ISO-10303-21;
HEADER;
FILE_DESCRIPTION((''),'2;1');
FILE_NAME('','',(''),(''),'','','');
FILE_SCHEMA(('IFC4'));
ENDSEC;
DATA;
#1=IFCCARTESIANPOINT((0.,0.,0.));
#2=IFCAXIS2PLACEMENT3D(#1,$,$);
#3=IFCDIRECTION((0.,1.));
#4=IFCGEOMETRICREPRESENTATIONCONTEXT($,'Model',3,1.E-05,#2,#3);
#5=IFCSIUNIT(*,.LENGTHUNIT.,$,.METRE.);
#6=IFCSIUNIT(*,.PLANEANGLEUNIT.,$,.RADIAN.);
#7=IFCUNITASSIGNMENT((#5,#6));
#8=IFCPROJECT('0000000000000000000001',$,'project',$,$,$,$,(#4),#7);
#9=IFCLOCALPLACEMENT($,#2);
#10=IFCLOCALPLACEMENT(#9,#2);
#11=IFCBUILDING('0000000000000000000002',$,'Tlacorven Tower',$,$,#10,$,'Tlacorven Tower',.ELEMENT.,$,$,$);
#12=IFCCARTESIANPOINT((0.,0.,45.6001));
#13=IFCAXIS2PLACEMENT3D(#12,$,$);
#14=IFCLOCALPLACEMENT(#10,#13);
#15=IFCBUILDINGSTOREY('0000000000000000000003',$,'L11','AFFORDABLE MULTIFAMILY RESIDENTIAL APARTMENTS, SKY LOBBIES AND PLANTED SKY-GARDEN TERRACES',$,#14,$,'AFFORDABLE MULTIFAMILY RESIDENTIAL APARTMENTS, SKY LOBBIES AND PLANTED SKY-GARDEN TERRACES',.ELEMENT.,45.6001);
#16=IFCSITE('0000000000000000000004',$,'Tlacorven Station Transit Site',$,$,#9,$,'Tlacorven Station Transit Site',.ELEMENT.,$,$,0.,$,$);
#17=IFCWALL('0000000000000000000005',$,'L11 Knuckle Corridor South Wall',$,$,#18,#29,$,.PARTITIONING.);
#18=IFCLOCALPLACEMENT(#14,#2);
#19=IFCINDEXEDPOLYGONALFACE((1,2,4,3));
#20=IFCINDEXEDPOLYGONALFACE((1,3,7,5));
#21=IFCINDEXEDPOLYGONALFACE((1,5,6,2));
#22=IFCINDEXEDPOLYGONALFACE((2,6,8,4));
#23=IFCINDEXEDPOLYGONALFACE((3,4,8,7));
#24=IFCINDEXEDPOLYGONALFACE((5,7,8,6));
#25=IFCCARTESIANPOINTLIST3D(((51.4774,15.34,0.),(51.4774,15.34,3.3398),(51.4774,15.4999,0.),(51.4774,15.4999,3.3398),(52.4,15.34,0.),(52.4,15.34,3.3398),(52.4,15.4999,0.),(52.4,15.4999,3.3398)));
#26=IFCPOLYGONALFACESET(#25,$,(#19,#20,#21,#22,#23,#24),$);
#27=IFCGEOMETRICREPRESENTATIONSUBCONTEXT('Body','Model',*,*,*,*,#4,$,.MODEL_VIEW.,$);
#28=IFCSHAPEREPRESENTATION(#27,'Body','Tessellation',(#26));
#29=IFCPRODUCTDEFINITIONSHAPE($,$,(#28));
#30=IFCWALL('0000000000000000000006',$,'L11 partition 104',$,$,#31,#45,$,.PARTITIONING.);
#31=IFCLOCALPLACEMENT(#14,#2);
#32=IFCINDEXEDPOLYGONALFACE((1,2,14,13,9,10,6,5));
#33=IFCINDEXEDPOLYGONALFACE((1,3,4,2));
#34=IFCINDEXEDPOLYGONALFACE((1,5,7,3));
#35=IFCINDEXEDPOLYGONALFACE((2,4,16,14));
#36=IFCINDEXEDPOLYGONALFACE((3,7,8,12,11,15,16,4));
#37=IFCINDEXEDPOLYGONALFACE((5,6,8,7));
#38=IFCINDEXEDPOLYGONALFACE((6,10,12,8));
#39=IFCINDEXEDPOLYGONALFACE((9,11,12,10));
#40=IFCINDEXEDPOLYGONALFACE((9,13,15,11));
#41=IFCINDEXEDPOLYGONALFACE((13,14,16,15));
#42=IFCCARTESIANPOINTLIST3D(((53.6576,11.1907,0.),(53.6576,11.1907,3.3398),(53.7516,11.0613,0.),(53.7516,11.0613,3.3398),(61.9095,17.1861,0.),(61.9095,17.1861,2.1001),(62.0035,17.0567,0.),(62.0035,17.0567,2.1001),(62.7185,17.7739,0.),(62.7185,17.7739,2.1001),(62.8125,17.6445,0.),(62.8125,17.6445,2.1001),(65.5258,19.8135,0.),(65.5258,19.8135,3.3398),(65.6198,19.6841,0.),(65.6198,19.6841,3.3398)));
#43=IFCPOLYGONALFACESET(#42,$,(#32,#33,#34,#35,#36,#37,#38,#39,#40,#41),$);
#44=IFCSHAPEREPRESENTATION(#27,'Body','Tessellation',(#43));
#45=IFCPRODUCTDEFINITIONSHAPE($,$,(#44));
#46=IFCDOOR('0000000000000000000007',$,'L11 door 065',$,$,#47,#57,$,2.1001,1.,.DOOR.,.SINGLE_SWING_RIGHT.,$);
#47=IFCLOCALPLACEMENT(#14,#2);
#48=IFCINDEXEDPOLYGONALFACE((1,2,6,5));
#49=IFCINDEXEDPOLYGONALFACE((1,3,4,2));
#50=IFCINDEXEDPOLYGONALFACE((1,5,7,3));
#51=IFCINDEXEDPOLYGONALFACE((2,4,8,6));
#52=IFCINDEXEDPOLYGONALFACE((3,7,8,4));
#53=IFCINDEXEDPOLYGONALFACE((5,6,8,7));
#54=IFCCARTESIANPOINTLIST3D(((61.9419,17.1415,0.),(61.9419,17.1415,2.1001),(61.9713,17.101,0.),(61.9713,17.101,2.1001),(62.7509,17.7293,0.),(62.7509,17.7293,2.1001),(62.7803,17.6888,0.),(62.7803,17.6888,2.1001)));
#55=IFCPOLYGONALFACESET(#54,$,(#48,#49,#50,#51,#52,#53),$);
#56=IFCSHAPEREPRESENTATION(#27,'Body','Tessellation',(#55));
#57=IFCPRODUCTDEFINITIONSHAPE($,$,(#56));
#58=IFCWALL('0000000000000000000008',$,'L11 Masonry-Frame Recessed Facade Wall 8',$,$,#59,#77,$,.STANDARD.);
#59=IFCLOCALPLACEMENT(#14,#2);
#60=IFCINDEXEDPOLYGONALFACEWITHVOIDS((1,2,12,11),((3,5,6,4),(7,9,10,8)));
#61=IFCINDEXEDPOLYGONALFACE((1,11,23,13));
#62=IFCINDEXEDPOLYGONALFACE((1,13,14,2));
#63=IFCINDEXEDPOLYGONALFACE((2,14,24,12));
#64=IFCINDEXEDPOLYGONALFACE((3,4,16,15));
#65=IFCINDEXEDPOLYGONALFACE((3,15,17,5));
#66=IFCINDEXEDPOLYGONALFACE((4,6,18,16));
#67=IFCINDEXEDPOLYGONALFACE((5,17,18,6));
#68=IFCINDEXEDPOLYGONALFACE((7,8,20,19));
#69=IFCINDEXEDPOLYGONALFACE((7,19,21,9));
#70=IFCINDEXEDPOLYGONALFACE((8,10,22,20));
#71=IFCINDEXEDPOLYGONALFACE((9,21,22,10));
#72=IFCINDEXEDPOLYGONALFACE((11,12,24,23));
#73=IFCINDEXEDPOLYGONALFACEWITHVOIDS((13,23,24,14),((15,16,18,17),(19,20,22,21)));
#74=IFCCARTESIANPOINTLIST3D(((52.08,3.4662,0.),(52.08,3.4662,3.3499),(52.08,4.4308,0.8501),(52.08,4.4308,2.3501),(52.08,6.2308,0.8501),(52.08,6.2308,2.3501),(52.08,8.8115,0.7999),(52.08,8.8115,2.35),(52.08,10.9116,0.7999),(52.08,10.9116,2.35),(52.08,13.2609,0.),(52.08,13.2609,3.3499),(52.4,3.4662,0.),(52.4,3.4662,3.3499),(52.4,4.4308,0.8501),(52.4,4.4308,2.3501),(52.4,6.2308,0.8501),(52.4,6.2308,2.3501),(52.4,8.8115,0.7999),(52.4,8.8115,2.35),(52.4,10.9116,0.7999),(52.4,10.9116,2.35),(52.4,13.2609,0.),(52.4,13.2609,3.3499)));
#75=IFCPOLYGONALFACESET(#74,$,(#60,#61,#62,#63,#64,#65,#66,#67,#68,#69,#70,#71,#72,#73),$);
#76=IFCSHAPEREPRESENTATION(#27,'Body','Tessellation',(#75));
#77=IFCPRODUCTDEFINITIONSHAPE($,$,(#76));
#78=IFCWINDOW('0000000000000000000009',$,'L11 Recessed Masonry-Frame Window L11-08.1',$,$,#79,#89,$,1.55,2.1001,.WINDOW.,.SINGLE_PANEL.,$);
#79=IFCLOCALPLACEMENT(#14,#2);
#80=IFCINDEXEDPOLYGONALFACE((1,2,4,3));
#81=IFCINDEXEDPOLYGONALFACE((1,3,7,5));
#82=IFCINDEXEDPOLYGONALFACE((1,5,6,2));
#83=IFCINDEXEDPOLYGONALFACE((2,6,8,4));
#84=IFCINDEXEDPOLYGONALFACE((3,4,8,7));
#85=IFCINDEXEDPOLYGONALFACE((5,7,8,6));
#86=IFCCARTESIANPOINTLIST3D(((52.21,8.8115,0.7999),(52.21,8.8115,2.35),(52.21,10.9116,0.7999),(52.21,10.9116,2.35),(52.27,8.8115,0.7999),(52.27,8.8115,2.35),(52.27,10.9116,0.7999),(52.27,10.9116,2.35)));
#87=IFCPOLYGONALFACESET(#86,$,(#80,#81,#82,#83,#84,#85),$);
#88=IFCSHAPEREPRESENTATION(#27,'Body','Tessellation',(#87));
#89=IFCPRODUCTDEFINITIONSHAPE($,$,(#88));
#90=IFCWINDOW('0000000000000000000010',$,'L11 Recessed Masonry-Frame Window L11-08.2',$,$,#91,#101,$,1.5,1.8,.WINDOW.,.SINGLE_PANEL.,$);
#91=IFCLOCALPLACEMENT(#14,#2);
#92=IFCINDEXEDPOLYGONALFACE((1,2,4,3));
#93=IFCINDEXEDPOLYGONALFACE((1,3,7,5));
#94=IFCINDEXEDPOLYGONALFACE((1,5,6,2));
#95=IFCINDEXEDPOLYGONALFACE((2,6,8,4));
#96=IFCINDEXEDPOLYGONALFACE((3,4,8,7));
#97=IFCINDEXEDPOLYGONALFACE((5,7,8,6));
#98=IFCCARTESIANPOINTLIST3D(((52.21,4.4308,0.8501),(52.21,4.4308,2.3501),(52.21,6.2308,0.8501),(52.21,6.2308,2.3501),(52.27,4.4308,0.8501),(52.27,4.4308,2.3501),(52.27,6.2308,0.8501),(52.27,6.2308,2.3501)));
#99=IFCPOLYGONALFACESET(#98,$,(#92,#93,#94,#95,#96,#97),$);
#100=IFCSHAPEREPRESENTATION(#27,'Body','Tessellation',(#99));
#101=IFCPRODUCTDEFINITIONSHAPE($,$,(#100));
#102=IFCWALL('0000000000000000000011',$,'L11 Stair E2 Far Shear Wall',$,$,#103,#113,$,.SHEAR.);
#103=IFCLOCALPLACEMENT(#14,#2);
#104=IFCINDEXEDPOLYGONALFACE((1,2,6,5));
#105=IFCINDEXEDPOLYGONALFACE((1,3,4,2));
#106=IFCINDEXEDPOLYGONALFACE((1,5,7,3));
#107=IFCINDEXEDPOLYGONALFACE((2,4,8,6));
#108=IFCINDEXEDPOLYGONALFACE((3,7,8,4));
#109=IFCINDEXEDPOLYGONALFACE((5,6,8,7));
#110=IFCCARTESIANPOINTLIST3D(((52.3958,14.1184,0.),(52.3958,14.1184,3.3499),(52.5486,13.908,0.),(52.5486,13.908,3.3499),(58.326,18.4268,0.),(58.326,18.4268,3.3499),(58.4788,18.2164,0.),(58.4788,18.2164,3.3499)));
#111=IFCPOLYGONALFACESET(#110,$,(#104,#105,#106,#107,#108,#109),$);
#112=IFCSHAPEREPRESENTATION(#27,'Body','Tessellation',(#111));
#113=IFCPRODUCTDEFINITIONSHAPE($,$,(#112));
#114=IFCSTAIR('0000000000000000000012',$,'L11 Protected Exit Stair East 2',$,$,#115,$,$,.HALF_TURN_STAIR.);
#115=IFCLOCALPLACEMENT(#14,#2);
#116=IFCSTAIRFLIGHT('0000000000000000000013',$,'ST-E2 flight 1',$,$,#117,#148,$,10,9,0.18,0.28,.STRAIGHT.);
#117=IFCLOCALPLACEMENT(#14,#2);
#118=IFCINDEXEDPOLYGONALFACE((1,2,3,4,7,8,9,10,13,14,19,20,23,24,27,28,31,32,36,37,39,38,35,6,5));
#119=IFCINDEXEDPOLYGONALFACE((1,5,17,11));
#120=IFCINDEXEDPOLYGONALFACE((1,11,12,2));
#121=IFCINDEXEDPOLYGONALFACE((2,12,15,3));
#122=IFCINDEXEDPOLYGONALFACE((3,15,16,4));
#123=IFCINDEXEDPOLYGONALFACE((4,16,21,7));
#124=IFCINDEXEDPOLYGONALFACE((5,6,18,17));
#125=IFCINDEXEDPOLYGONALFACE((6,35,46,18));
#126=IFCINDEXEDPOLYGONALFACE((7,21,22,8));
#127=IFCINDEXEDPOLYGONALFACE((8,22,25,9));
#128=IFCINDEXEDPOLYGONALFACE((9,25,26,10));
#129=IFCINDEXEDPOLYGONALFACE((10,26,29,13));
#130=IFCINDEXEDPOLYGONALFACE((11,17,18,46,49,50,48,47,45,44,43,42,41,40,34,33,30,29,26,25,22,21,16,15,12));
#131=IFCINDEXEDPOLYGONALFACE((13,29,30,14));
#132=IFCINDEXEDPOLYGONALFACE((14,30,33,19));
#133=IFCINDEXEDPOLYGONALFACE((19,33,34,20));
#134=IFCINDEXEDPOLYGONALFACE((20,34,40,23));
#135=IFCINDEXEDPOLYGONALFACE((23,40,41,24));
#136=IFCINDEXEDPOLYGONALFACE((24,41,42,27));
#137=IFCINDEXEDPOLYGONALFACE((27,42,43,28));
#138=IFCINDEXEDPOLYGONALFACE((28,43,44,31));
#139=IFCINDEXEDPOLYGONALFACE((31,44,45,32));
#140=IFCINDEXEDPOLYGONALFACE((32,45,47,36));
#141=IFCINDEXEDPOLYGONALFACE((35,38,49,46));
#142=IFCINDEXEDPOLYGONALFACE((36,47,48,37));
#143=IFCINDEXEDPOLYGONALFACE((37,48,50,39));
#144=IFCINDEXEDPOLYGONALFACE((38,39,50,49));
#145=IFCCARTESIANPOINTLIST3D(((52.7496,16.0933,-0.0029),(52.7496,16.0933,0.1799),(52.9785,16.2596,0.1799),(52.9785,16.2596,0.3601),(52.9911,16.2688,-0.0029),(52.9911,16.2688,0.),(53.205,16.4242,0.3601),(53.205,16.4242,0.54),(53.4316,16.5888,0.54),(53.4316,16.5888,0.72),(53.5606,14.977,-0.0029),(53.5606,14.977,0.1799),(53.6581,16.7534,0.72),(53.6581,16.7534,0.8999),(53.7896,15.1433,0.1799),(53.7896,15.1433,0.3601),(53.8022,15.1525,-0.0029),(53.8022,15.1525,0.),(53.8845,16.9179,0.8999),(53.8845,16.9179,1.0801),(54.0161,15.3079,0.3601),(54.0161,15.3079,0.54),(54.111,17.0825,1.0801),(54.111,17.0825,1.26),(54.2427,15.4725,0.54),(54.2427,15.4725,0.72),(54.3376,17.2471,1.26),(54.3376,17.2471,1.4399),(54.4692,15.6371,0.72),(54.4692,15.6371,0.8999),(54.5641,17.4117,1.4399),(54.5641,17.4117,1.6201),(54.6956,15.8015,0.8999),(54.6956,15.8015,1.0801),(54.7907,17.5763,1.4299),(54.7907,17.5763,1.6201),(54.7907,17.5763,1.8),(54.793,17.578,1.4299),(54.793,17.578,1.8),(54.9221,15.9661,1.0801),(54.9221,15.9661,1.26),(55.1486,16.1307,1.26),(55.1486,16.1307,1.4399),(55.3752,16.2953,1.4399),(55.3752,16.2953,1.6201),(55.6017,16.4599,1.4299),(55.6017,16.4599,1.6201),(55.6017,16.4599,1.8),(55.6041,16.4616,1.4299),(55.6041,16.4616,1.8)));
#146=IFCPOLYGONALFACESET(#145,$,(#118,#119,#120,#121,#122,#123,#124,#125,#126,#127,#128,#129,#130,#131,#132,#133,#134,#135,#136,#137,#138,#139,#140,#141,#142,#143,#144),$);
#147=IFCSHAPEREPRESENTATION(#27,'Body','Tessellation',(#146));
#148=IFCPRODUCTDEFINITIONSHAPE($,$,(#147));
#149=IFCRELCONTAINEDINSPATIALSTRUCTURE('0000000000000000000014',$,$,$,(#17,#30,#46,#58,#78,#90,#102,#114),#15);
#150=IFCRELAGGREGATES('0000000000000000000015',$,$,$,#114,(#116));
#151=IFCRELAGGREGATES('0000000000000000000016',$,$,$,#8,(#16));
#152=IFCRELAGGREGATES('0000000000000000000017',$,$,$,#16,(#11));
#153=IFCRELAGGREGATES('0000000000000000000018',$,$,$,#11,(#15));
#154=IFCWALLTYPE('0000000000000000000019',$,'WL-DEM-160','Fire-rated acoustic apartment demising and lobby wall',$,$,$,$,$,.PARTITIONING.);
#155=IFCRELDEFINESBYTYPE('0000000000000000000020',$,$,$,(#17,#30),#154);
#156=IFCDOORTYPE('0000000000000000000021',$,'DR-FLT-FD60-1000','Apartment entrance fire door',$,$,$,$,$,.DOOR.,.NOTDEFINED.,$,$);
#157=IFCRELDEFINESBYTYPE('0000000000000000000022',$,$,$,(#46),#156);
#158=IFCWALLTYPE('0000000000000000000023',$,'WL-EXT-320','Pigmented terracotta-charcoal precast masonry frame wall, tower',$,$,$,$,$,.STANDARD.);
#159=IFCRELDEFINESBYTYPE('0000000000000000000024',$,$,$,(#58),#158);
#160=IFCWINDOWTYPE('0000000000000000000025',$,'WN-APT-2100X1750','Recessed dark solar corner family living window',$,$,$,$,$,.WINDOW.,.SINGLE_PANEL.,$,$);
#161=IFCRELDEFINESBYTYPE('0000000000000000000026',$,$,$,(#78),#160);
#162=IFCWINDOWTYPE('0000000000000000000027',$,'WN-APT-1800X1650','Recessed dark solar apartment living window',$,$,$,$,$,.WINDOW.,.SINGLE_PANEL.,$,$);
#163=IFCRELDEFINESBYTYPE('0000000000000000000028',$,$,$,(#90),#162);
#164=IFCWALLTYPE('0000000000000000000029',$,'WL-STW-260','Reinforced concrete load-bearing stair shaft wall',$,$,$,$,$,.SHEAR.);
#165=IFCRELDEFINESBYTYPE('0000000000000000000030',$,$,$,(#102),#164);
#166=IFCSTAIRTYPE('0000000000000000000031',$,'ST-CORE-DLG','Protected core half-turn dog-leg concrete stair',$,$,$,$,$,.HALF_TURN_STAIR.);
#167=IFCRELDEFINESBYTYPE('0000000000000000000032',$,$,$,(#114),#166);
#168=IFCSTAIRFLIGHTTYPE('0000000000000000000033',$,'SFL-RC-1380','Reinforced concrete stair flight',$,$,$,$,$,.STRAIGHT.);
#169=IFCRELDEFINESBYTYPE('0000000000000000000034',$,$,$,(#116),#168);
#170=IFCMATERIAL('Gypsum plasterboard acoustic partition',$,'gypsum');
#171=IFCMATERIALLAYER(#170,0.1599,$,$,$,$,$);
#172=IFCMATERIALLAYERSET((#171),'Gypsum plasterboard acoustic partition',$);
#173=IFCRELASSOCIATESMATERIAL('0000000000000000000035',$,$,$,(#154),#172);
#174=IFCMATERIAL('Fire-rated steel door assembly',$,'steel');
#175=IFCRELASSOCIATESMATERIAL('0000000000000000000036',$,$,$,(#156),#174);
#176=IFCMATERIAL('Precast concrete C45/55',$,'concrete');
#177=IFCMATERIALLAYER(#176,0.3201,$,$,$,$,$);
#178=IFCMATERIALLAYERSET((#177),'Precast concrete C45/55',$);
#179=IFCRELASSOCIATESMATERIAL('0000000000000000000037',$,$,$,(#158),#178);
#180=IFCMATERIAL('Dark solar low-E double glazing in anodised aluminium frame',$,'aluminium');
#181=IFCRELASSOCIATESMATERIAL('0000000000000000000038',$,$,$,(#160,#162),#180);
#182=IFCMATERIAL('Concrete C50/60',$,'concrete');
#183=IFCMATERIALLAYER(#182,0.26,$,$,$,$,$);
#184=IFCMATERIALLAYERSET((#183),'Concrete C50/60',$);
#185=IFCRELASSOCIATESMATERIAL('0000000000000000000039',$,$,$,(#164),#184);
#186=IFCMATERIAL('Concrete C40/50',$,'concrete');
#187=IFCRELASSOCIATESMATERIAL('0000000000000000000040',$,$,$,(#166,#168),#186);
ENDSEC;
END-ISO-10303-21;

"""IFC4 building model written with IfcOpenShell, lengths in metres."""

from ifc_helpers import new_model, si_unit, direction, frame, frame_2d, origin, place, context, subcontext, project, spatial, polyline, rectangle, outline, extrude, source, transform, mapped, material, layer, layer_set, type_object, element, fill, aggregate, save


model = new_model("IFC4")

# Units and contexts
model_context = context("Model", 3, precision=1e-05, world=origin(), true_north=direction((0.0, 1.0)))
body_context = subcontext(model_context, "Body", "Model", "MODEL_VIEW")
ifc_project = project(units=[si_unit("LENGTHUNIT", "METRE"), si_unit("PLANEANGLEUNIT", "RADIAN")], contexts=[model_context])

# Site, building, storey
site_placement = place(None, origin())
site = spatial("IfcSite", under=ifc_project, at=site_placement, Name="Tlacorven Station Transit Site", LongName="Tlacorven Station Transit Site", CompositionType="ELEMENT", RefElevation=0.0)
building_placement = place(site_placement, origin())
building = spatial("IfcBuilding", under=site, at=building_placement, Name="Tlacorven Tower", LongName="Tlacorven Tower", CompositionType="ELEMENT")
storey_placement = place(building_placement, frame((0.0, 0.0, 45.6001)))
storey = spatial("IfcBuildingStorey", under=building, at=storey_placement, Name="L11", Description="AFFORDABLE MULTIFAMILY RESIDENTIAL APARTMENTS, SKY LOBBIES AND PLANTED SKY-GARDEN TERRACES", LongName="AFFORDABLE MULTIFAMILY RESIDENTIAL APARTMENTS, SKY LOBBIES AND PLANTED SKY-GARDEN TERRACES", CompositionType="ELEMENT", Elevation=45.6001)

# Wall
ifc_material_1 = material(Name="Gypsum plasterboard acoustic partition", Category="gypsum")
ifc_layer_1 = layer(ifc_material_1, 0.1599)
ifc_layer_set_1 = layer_set([ifc_layer_1], Name="Gypsum plasterboard acoustic partition")
wall_type_1 = type_object("IfcWallType", Name="WL-DEM-160", Description="Fire-rated acoustic apartment demising and lobby wall", PredefinedType="PARTITIONING", material=ifc_layer_set_1)
wall_1_placement = place(storey_placement, frame((51.4773, 15.4199, 0.0), z_axis=(0.0, 0.0, 1.0), x_axis=(1.0, 0.0, 0.0)))
element("IfcWall", 1, at=wall_1_placement, inside=storey, type_object=wall_type_1, Name="L11 Knuckle Corridor South Wall", PredefinedType="PARTITIONING", context=body_context, shape_type="SweptSolid", body=[
    extrude(rectangle(XDim=0.9226, YDim=0.1599, at=frame_2d((0.4614, 0.0))), origin(), (0.0, 0.0, 1.0), 3.3398),
])

# Wall, opening, door
wall_2_placement = place(storey_placement, frame((53.7046, 11.126, 0.0), z_axis=(0.0, 0.0, 1.0), x_axis=(0.809015, 0.587789, 0.0)))
wall_2 = element("IfcWall", 2, at=wall_2_placement, inside=storey, type_object=wall_type_1, Name="L11 partition 104", PredefinedType="PARTITIONING", context=body_context, shape_type="SweptSolid", body=[
    extrude(rectangle(XDim=14.6699, YDim=0.1599, at=frame_2d((7.335, 0.0))), origin(), (0.0, 0.0, 1.0), 3.3398),
])
opening_1_placement = place(wall_2_placement, frame((10.2, 0.0, 0.0)))
opening_1 = element("IfcOpeningElement", 3, at=opening_1_placement, cuts=wall_2, PredefinedType="OPENING", context=body_context, shape_type="SweptSolid", body=[
    extrude(rectangle(XDim=1.0, YDim=2.1001, at=frame_2d((0.5, 1.05))), frame((0.0, 0.0898, 0.0), z_axis=(0.0, -1.0, 0.0), x_axis=(1.0, 0.0, 0.0)), (0.0, 0.0, 1.0), 0.1799),
])
ifc_material_2 = material(Name="Fire-rated steel door assembly", Category="steel")
door_type = type_object("IfcDoorType", Name="DR-FLT-FD60-1000", Description="Apartment entrance fire door", OperationType="NOTDEFINED", PredefinedType="DOOR", material=ifc_material_2)
shared_shape_1 = source(origin(), body_context, "Body", "SweptSolid", [
    extrude(rectangle(XDim=1.0, YDim=2.1001, at=frame_2d((0.5, 1.05))), frame((0.0, 0.0249, 0.0), z_axis=(0.0, -1.0, 0.0), x_axis=(1.0, 0.0, 0.0)), (0.0, 0.0, 1.0), 0.05),
])
door_placement = place(opening_1_placement, origin())
door = element("IfcDoor", 4, at=door_placement, inside=storey, type_object=door_type, Name="L11 door 065", OperationType="SINGLE_SWING_RIGHT", OverallHeight=2.1001, OverallWidth=1.0, PredefinedType="DOOR", context=body_context, shape_type="MappedRepresentation", body=[
    mapped(shared_shape_1, transform((0.0, 0.0, 0.0), scale=1.0)),
])
fill(opening_1, door)

# Wall, openings, windows
ifc_material_3 = material(Name="Precast concrete C45/55", Category="concrete")
ifc_layer_2 = layer(ifc_material_3, 0.3201)
ifc_layer_set_2 = layer_set([ifc_layer_2], Name="Precast concrete C45/55")
wall_type_2 = type_object("IfcWallType", Name="WL-EXT-320", Description="Pigmented terracotta-charcoal precast masonry frame wall, tower", PredefinedType="STANDARD", material=ifc_layer_set_2)
wall_3_placement = place(storey_placement, frame((52.24, 13.261, 0.0), z_axis=(0.0, 0.0, 1.0), x_axis=(0.0, -1.0, 0.0)))
wall_3 = element("IfcWall", 5, at=wall_3_placement, inside=storey, type_object=wall_type_2, Name="L11 Masonry-Frame Recessed Facade Wall 8", PredefinedType="STANDARD", context=body_context, shape_type="SweptSolid", body=[
    extrude(rectangle(XDim=9.7947, YDim=0.3201, at=frame_2d((4.8975, 0.0))), origin(), (0.0, 0.0, 1.0), 3.3499),
])
opening_2_placement = place(wall_3_placement, frame((2.3494, 0.0, 0.8)))
opening_2 = element("IfcOpeningElement", 6, at=opening_2_placement, cuts=wall_3, PredefinedType="OPENING", context=body_context, shape_type="SweptSolid", body=[
    extrude(rectangle(XDim=2.1001, YDim=1.55, at=frame_2d((1.05, 0.7749))), frame((0.0, 0.1699, 0.0), z_axis=(0.0, -1.0, 0.0), x_axis=(1.0, 0.0, 0.0)), (0.0, 0.0, 1.0), 0.3401),
])
opening_3_placement = place(wall_3_placement, frame((7.0303, 0.0, 0.8501)))
opening_3 = element("IfcOpeningElement", 7, at=opening_3_placement, cuts=wall_3, PredefinedType="OPENING", context=body_context, shape_type="SweptSolid", body=[
    extrude(rectangle(XDim=1.8, YDim=1.5, at=frame_2d((0.8999, 0.75))), frame((0.0, 0.1699, 0.0), z_axis=(0.0, -1.0, 0.0), x_axis=(1.0, 0.0, 0.0)), (0.0, 0.0, 1.0), 0.3401),
])
ifc_material_4 = material(Name="Dark solar low-E double glazing in anodised aluminium frame", Category="aluminium")
window_type_1 = type_object("IfcWindowType", Name="WN-APT-2100X1750", Description="Recessed dark solar corner family living window", PartitioningType="SINGLE_PANEL", PredefinedType="WINDOW", material=ifc_material_4)
shared_shape_2 = source(origin(), body_context, "Body", "SweptSolid", [
    extrude(rectangle(XDim=2.1001, YDim=1.55, at=frame_2d((1.05, 0.7749))), frame((0.0, 0.03, 0.0), z_axis=(0.0, -1.0, 0.0), x_axis=(1.0, 0.0, 0.0)), (0.0, 0.0, 1.0), 0.0601),
])
window_1_placement = place(opening_2_placement, origin())
window_1 = element("IfcWindow", 8, at=window_1_placement, inside=storey, type_object=window_type_1, Name="L11 Recessed Masonry-Frame Window L11-08.1", OverallHeight=1.55, OverallWidth=2.1001, PartitioningType="SINGLE_PANEL", PredefinedType="WINDOW", context=body_context, shape_type="MappedRepresentation", body=[
    mapped(shared_shape_2, transform((0.0, 0.0, 0.0), scale=1.0)),
])
fill(opening_2, window_1)
window_type_2 = type_object("IfcWindowType", Name="WN-APT-1800X1650", Description="Recessed dark solar apartment living window", PartitioningType="SINGLE_PANEL", PredefinedType="WINDOW", material=ifc_material_4)
shared_shape_3 = source(origin(), body_context, "Body", "SweptSolid", [
    extrude(rectangle(XDim=1.8, YDim=1.5, at=frame_2d((0.8999, 0.75))), frame((0.0, 0.03, 0.0), z_axis=(0.0, -1.0, 0.0), x_axis=(1.0, 0.0, 0.0)), (0.0, 0.0, 1.0), 0.0601),
])
window_2_placement = place(opening_3_placement, origin())
window_2 = element("IfcWindow", 9, at=window_2_placement, inside=storey, type_object=window_type_2, Name="L11 Recessed Masonry-Frame Window L11-08.2", OverallHeight=1.5, OverallWidth=1.8, PartitioningType="SINGLE_PANEL", PredefinedType="WINDOW", context=body_context, shape_type="MappedRepresentation", body=[
    mapped(shared_shape_3, transform((0.0, 0.0, 0.0), scale=1.0)),
])
fill(opening_3, window_2)

# Wall
ifc_material_5 = material(Name="Concrete C50/60", Category="concrete")
ifc_layer_3 = layer(ifc_material_5, 0.26)
ifc_layer_set_3 = layer_set([ifc_layer_3], Name="Concrete C50/60")
wall_type_3 = type_object("IfcWallType", Name="WL-STW-260", Description="Reinforced concrete load-bearing stair shaft wall", PredefinedType="SHEAR", material=ifc_layer_set_3)
wall_4_placement = place(storey_placement, frame((52.4722, 14.0132, 0.0), z_axis=(0.0, 0.0, 1.0), x_axis=(0.809028, 0.58777, 0.0)))
element("IfcWall", 10, at=wall_4_placement, inside=storey, type_object=wall_type_3, Name="L11 Stair E2 Far Shear Wall", PredefinedType="SHEAR", context=body_context, shape_type="SweptSolid", body=[
    extrude(rectangle(XDim=7.3301, YDim=0.26, at=frame_2d((3.665, 0.0))), origin(), (0.0, 0.0, 1.0), 3.3499),
])

# Stair, stair flight
ifc_material_6 = material(Name="Concrete C40/50", Category="concrete")
stair_type = type_object("IfcStairType", Name="ST-CORE-DLG", Description="Protected core half-turn dog-leg concrete stair", PredefinedType="HALF_TURN_STAIR", material=ifc_material_6)
stair_placement = place(storey_placement, origin())
stair = element("IfcStair", 11, at=stair_placement, inside=storey, type_object=stair_type, Name="L11 Protected Exit Stair East 2", PredefinedType="HALF_TURN_STAIR")
stair_flight_type = type_object("IfcStairFlightType", Name="SFL-RC-1380", Description="Reinforced concrete stair flight", PredefinedType="STRAIGHT", material=ifc_material_6)
shared_shape_4 = source(origin(), body_context, "Body", "SweptSolid", [
    extrude(outline(polyline([(-0.0029, -0.0029), (-0.0029, 0.1799), (0.28, 0.1799), (0.28, 0.3601), (0.5601, 0.3601), (0.5601, 0.54), (0.8401, 0.54), (0.8401, 0.72), (1.1201, 0.72), (1.1201, 0.8999), (1.3999, 0.8999), (1.3999, 1.0801), (1.6799, 1.0801), (1.6799, 1.26), (1.96, 1.26), (1.96, 1.4399), (2.24, 1.4399), (2.24, 1.6201), (2.52, 1.6201), (2.52, 1.8), (2.5229, 1.8), (2.5229, 1.4299), (2.52, 1.4299), (0.2957, 0.0), (0.2957, -0.0029), (-0.0029, -0.0029)])), frame((0.0, 0.6899, 0.0), z_axis=(0.0, -1.0, 0.0), x_axis=(1.0, 0.0, 0.0)), (0.0, 0.0, 1.0), 1.3799),
])
stair_flight_1_placement = place(storey_placement, frame((53.1575, 15.5369, 0.0), z_axis=(0.0, 0.0, 1.0), x_axis=(0.809017, 0.587785, 0.0)))
stair_flight_1 = element("IfcStairFlight", 12, at=stair_flight_1_placement, type_object=stair_flight_type, Name="ST-E2 flight 1", NumberOfRisers=10, NumberOfTreads=9, PredefinedType="STRAIGHT", RiserHeight=0.18, TreadLength=0.28, context=body_context, shape_type="MappedRepresentation", body=[
    mapped(shared_shape_4, transform((0.0, 0.0, 0.0), scale=1.0)),
])
aggregate(stair, [stair_flight_1])

save(model, "model.ifc")
